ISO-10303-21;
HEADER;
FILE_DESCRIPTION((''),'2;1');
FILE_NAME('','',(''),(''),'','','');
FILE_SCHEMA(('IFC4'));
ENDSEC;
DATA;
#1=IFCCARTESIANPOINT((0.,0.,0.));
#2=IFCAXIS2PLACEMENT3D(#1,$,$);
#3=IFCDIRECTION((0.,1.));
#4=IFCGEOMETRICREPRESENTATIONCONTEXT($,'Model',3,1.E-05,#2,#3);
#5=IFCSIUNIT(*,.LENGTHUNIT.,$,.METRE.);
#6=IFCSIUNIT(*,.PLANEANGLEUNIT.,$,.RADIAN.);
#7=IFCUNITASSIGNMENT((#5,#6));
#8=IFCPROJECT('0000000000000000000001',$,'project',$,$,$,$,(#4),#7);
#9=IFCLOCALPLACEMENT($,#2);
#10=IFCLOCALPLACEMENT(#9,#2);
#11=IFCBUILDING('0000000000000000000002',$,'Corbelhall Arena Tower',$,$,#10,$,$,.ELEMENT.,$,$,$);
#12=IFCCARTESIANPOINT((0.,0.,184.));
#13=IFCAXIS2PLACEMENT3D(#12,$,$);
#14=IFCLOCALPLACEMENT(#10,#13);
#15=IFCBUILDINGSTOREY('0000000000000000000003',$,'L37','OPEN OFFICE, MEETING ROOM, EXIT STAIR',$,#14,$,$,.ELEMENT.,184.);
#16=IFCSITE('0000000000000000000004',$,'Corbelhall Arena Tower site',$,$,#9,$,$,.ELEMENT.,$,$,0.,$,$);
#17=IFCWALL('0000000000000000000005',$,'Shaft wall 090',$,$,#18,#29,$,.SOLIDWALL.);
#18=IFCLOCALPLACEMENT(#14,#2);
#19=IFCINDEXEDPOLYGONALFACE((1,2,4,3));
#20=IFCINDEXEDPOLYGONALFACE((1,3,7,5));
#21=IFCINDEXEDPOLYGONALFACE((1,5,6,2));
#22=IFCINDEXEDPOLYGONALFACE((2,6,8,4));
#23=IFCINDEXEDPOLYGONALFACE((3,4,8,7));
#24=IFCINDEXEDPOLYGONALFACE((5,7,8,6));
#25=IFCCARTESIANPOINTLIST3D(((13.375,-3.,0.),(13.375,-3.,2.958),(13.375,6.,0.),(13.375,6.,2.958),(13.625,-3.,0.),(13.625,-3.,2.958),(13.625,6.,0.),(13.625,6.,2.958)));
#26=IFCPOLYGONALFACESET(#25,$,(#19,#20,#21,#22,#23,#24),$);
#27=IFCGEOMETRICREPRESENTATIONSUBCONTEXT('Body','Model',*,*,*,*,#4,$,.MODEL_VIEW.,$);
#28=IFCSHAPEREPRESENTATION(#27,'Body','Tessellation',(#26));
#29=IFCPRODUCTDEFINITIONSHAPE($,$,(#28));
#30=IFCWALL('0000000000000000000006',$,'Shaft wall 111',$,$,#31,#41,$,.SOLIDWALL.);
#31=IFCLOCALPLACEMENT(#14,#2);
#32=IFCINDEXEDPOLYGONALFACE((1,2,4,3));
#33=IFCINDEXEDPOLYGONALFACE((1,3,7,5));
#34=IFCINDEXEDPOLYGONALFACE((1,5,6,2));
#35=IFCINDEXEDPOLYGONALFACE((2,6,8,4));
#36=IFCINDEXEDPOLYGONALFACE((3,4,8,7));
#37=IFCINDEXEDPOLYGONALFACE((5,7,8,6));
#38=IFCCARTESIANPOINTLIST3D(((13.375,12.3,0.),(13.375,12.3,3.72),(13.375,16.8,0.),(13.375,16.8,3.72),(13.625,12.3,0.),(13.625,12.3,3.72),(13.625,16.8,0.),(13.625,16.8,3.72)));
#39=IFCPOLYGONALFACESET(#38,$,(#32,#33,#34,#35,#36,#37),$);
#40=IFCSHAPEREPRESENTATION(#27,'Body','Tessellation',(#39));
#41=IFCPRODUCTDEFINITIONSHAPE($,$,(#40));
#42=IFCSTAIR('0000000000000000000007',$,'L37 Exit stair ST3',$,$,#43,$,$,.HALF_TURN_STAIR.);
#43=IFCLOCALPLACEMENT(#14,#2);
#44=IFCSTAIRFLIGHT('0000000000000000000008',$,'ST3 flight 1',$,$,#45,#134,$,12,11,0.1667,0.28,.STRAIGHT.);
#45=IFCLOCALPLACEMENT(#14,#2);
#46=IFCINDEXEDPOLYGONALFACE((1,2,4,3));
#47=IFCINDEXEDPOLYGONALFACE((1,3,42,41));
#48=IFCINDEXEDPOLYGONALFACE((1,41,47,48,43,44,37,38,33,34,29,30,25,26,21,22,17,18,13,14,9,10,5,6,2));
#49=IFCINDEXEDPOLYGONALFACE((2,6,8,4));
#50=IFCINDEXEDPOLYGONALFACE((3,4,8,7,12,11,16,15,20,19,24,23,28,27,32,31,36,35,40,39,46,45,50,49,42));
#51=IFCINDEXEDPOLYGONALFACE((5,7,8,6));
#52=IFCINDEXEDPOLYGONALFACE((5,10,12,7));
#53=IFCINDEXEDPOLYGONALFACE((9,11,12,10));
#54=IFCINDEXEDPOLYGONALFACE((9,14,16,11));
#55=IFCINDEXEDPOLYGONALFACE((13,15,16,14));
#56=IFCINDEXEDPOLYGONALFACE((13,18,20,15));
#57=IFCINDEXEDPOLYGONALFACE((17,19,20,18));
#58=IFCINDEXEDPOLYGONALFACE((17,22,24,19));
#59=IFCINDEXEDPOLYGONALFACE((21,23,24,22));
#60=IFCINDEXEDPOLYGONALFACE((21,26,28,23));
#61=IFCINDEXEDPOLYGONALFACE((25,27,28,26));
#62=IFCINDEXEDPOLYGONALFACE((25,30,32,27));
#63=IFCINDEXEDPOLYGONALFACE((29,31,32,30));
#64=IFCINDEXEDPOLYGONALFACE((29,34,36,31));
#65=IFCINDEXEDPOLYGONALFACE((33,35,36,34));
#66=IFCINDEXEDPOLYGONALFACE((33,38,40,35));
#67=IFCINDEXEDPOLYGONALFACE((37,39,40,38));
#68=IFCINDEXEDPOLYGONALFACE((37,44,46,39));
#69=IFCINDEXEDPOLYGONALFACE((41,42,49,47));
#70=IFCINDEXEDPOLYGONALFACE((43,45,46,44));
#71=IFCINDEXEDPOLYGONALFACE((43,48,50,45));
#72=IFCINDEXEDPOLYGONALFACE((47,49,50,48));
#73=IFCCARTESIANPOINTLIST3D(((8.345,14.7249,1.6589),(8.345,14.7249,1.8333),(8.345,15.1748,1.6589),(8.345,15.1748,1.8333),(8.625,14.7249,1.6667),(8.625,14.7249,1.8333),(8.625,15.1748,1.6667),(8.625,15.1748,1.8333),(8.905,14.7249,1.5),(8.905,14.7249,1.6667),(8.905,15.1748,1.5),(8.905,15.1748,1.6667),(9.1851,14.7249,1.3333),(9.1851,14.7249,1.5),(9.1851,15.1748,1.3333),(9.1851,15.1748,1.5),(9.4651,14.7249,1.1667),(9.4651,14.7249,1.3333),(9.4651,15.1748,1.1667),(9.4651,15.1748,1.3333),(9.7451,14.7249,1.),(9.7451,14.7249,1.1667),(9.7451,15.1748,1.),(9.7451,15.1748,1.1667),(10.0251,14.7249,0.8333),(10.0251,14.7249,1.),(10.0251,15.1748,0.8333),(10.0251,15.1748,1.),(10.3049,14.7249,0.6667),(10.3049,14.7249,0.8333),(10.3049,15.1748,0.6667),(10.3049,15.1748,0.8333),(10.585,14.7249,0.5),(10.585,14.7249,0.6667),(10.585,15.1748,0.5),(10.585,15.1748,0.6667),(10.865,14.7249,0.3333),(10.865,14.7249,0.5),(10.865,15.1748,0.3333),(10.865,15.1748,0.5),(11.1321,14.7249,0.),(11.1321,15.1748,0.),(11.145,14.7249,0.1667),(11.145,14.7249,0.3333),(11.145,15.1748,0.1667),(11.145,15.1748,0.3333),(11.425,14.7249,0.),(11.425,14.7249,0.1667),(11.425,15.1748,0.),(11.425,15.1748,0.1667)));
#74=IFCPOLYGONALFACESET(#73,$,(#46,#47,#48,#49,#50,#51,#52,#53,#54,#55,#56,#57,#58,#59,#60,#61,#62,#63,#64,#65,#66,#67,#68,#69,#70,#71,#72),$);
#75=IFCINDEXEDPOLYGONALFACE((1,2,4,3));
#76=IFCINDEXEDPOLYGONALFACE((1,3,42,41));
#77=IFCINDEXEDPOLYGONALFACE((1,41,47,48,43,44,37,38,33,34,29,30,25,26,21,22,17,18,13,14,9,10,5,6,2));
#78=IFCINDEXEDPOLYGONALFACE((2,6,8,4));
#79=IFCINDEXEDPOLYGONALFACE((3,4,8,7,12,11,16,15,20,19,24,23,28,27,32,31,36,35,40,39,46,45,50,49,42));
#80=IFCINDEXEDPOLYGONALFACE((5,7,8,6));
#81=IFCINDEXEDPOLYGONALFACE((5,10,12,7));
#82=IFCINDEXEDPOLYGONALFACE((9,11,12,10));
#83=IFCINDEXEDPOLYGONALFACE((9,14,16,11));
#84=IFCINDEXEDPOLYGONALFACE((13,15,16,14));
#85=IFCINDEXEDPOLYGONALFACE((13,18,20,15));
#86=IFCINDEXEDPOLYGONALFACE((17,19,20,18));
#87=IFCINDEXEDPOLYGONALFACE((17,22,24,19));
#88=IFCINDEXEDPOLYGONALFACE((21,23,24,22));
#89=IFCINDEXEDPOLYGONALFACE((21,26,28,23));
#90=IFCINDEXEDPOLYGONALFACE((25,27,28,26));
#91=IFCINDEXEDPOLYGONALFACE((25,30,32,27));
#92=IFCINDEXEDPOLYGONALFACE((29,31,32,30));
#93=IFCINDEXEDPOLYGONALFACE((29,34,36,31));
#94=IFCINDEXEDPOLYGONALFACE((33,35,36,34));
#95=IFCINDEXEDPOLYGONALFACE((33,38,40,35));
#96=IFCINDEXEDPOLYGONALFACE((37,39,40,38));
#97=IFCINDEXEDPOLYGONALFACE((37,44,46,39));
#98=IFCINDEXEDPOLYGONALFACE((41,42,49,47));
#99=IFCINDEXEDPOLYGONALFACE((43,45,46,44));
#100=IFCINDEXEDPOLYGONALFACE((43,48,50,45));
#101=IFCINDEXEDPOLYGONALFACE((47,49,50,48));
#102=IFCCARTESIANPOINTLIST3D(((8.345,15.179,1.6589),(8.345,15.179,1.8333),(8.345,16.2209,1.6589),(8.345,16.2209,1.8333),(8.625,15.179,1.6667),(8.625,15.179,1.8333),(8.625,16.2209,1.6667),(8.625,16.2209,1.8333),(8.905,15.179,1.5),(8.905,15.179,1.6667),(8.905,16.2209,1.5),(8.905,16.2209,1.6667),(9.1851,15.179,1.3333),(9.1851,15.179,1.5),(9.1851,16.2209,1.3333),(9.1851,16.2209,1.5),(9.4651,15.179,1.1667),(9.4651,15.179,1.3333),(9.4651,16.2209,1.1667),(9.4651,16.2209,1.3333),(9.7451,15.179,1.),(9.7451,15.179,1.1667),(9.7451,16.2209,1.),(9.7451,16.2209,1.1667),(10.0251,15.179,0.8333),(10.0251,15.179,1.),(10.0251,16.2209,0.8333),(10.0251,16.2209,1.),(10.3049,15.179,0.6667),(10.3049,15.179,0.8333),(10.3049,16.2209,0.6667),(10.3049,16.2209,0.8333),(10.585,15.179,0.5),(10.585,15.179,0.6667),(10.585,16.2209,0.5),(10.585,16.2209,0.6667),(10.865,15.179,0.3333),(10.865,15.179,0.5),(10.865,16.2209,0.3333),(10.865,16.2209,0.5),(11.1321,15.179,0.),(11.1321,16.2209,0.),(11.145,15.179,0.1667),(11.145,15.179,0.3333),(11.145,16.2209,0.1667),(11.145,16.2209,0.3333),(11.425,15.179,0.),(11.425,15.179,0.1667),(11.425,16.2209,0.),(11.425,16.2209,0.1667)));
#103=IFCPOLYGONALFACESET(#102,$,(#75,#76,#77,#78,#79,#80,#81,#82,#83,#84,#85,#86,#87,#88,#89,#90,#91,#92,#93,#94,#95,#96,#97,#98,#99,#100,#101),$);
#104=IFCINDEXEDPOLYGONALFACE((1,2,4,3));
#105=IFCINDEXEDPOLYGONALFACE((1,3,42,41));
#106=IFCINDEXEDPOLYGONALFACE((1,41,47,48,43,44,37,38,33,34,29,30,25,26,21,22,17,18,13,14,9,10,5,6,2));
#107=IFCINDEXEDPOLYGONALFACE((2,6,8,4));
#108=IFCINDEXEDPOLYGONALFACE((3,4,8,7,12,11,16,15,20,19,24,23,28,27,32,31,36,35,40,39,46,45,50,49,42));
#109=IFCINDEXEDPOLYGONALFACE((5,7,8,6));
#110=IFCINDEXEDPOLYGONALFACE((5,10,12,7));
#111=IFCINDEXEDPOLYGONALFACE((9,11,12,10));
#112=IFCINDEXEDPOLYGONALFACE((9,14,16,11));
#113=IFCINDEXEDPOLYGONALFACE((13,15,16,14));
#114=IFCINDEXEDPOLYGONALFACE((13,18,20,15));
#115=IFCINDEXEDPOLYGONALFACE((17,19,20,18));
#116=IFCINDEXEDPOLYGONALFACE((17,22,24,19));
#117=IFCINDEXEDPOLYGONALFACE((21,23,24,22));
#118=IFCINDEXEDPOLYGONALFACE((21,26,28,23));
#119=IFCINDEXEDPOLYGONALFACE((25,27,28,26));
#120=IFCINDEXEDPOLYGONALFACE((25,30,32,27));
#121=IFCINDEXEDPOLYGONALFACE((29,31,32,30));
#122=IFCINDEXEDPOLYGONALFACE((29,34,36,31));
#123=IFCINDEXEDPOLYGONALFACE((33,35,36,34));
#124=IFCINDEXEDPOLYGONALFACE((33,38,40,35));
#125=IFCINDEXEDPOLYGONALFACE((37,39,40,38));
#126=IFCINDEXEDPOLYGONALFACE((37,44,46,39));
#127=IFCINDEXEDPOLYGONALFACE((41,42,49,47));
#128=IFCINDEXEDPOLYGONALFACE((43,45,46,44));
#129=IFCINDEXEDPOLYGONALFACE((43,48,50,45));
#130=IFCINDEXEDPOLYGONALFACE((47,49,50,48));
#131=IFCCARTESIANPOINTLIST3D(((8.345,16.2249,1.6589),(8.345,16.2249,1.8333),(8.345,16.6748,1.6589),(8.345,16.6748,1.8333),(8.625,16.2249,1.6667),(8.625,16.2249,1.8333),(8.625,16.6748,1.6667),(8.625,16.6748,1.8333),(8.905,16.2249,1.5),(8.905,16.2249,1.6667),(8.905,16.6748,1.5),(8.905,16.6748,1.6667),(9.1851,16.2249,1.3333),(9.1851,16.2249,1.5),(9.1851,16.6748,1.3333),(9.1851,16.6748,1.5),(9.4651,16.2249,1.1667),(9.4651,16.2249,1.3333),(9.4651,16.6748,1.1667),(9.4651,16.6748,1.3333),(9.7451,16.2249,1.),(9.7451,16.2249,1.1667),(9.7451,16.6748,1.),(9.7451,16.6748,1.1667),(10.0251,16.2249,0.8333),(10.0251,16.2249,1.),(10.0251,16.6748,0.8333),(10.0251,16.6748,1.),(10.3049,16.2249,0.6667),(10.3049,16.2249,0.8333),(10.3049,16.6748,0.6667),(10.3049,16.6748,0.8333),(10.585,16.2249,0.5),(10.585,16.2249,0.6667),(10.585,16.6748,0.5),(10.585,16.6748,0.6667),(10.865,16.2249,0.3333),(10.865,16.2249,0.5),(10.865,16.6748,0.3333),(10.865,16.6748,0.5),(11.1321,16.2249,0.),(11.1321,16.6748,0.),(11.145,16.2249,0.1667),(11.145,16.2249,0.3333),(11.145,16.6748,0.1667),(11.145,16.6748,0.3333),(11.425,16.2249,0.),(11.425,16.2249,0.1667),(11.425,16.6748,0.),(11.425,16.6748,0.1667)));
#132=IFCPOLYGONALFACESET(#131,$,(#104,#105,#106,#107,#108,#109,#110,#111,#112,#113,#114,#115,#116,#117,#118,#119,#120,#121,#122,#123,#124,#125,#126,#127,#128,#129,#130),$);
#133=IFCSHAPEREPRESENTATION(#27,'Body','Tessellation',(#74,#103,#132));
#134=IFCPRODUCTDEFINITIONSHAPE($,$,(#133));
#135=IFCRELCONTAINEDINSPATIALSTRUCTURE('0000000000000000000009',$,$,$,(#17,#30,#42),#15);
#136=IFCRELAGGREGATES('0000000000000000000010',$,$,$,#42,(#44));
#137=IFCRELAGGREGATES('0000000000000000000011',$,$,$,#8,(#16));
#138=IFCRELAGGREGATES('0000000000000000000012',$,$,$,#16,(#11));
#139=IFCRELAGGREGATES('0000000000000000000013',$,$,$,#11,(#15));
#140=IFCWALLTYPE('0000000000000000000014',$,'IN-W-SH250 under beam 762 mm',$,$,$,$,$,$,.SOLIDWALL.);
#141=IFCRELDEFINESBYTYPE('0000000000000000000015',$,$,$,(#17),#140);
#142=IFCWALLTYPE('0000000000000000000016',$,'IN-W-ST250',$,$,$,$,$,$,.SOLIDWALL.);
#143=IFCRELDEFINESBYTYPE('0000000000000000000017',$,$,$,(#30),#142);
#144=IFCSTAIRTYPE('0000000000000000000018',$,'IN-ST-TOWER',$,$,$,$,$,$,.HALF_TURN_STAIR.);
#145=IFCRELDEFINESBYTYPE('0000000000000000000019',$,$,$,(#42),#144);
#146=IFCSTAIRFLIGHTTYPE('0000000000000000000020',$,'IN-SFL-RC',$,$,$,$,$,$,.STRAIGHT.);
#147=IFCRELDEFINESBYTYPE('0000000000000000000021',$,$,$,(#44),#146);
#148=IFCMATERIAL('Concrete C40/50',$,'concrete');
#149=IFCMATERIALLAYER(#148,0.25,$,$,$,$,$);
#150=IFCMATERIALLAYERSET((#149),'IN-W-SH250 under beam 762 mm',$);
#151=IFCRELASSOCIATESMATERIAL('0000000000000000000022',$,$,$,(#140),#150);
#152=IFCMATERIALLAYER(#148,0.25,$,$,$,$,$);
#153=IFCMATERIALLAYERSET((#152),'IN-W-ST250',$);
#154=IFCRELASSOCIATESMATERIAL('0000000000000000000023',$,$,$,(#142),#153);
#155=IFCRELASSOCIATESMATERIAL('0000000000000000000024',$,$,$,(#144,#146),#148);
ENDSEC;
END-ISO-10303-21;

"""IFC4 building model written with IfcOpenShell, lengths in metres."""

from ifc_helpers import new_model, si_unit, direction, frame, frame_2d, origin, place, context, subcontext, project, spatial, polyline, rectangle, outline, extrude, material, layer, layer_set, type_object, element, aggregate, save


model = new_model("IFC4")

# Units and contexts
model_context = context("Model", 3, precision=1e-05, world=origin(), true_north=direction((0.0, 1.0)))
body_context = subcontext(model_context, "Body", "Model", "MODEL_VIEW")
ifc_project = project(units=[si_unit("LENGTHUNIT", "METRE"), si_unit("PLANEANGLEUNIT", "RADIAN")], contexts=[model_context])

# Site, building, storey
site_placement = place(None, origin())
site = spatial("IfcSite", under=ifc_project, at=site_placement, Name="Corbelhall Arena Tower site", CompositionType="ELEMENT", RefElevation=0.0)
building_placement = place(site_placement, origin())
building = spatial("IfcBuilding", under=site, at=building_placement, Name="Corbelhall Arena Tower", CompositionType="ELEMENT")
storey_placement = place(building_placement, frame((0.0, 0.0, 184.0)))
storey = spatial("IfcBuildingStorey", under=building, at=storey_placement, Name="L37", Description="OPEN OFFICE, MEETING ROOM, EXIT STAIR", CompositionType="ELEMENT", Elevation=184.0)

# Walls
ifc_material_1 = material(Name="Concrete C40/50", Category="concrete")
ifc_layer_1 = layer(ifc_material_1, 0.25)
ifc_layer_set_1 = layer_set([ifc_layer_1], Name="IN-W-SH250 under beam 762 mm")
wall_type_1 = type_object("IfcWallType", Name="IN-W-SH250 under beam 762 mm", PredefinedType="SOLIDWALL", material=ifc_layer_set_1)
wall_1_placement = place(storey_placement, frame((13.5, 6.0, 0.0), z_axis=(0.0, 0.0, 1.0), x_axis=(0.0, -1.0, 0.0)))
element("IfcWall", 1, at=wall_1_placement, inside=storey, type_object=wall_type_1, Name="Shaft wall 090", PredefinedType="SOLIDWALL", context=body_context, shape_type="SweptSolid", body=[
    extrude(rectangle(XDim=9.0, YDim=0.25, at=frame_2d((4.5, 0.0))), origin(), (0.0, 0.0, 1.0), 2.958),
])
ifc_layer_2 = layer(ifc_material_1, 0.25)
ifc_layer_set_2 = layer_set([ifc_layer_2], Name="IN-W-ST250")
wall_type_2 = type_object("IfcWallType", Name="IN-W-ST250", PredefinedType="SOLIDWALL", material=ifc_layer_set_2)
wall_2_placement = place(storey_placement, frame((13.5, 16.8, 0.0), z_axis=(0.0, 0.0, 1.0), x_axis=(0.0, -1.0, 0.0)))
element("IfcWall", 2, at=wall_2_placement, inside=storey, type_object=wall_type_2, Name="Shaft wall 111", PredefinedType="SOLIDWALL", context=body_context, shape_type="SweptSolid", body=[
    extrude(rectangle(XDim=4.5, YDim=0.25, at=frame_2d((2.25, 0.0))), origin(), (0.0, 0.0, 1.0), 3.72),
])

# Stair, stair flight
stair_type = type_object("IfcStairType", Name="IN-ST-TOWER", PredefinedType="HALF_TURN_STAIR", material=ifc_material_1)
stair_placement = place(storey_placement, origin())
stair = element("IfcStair", 3, at=stair_placement, inside=storey, type_object=stair_type, Name="L37 Exit stair ST3", PredefinedType="HALF_TURN_STAIR")
stair_flight_type = type_object("IfcStairFlightType", Name="IN-SFL-RC", PredefinedType="STRAIGHT", material=ifc_material_1)
stair_flight_placement = place(storey_placement, frame((11.425, 15.7, 0.0), z_axis=(0.0, 0.0, 1.0), x_axis=(-1.0, 0.0, 0.0)))
stair_flight = element("IfcStairFlight", 4, at=stair_flight_placement, type_object=stair_flight_type, Name="ST3 flight 1", NumberOfRisers=12, NumberOfTreads=11, PredefinedType="STRAIGHT", RiserHeight=0.1667, TreadLength=0.28, context=body_context, shape_type="SweptSolid", body=[
    extrude(outline(polyline([(0.0, 0.0), (0.0, 0.1667), (0.28, 0.1667), (0.28, 0.3333), (0.5601, 0.3333), (0.5601, 0.5), (0.8401, 0.5), (0.8401, 0.6667), (1.1201, 0.6667), (1.1201, 0.8333), (1.3999, 0.8333), (1.3999, 1.0), (1.6799, 1.0), (1.6799, 1.1667), (1.96, 1.1667), (1.96, 1.3333), (2.24, 1.3333), (2.24, 1.5), (2.52, 1.5), (2.52, 1.6667), (2.8, 1.6667), (2.8, 1.8333), (3.0801, 1.8333), (3.0801, 2.0), (3.0801, 1.6589), (0.293, 0.0), (0.0, 0.0)])), frame((0.0, 0.9751, 0.0), z_axis=(0.0, -1.0, 0.0), x_axis=(1.0, 0.0, 0.0)), (0.0, 0.0, 1.0), 0.45),
    extrude(outline(polyline([(0.0, 0.0), (0.0, 0.1667), (0.28, 0.1667), (0.28, 0.3333), (0.5601, 0.3333), (0.5601, 0.5), (0.8401, 0.5), (0.8401, 0.6667), (1.1201, 0.6667), (1.1201, 0.8333), (1.3999, 0.8333), (1.3999, 1.0), (1.6799, 1.0), (1.6799, 1.1667), (1.96, 1.1667), (1.96, 1.3333), (2.24, 1.3333), (2.24, 1.5), (2.52, 1.5), (2.52, 1.6667), (2.8, 1.6667), (2.8, 1.8333), (3.0801, 1.8333), (3.0801, 2.0), (3.0801, 1.6589), (0.293, 0.0), (0.0, 0.0)])), frame((0.0, 0.521, 0.0), z_axis=(0.0, -1.0, 0.0), x_axis=(1.0, 0.0, 0.0)), (0.0, 0.0, 1.0), 1.042),
    extrude(outline(polyline([(0.0, 0.0), (0.0, 0.1667), (0.28, 0.1667), (0.28, 0.3333), (0.5601, 0.3333), (0.5601, 0.5), (0.8401, 0.5), (0.8401, 0.6667), (1.1201, 0.6667), (1.1201, 0.8333), (1.3999, 0.8333), (1.3999, 1.0), (1.6799, 1.0), (1.6799, 1.1667), (1.96, 1.1667), (1.96, 1.3333), (2.24, 1.3333), (2.24, 1.5), (2.52, 1.5), (2.52, 1.6667), (2.8, 1.6667), (2.8, 1.8333), (3.0801, 1.8333), (3.0801, 2.0), (3.0801, 1.6589), (0.293, 0.0), (0.0, 0.0)])), frame((0.0, -0.5249, 0.0), z_axis=(0.0, -1.0, 0.0), x_axis=(1.0, 0.0, 0.0)), (0.0, 0.0, 1.0), 0.45),
])
aggregate(stair, [stair_flight])

save(model, "model.ifc")
